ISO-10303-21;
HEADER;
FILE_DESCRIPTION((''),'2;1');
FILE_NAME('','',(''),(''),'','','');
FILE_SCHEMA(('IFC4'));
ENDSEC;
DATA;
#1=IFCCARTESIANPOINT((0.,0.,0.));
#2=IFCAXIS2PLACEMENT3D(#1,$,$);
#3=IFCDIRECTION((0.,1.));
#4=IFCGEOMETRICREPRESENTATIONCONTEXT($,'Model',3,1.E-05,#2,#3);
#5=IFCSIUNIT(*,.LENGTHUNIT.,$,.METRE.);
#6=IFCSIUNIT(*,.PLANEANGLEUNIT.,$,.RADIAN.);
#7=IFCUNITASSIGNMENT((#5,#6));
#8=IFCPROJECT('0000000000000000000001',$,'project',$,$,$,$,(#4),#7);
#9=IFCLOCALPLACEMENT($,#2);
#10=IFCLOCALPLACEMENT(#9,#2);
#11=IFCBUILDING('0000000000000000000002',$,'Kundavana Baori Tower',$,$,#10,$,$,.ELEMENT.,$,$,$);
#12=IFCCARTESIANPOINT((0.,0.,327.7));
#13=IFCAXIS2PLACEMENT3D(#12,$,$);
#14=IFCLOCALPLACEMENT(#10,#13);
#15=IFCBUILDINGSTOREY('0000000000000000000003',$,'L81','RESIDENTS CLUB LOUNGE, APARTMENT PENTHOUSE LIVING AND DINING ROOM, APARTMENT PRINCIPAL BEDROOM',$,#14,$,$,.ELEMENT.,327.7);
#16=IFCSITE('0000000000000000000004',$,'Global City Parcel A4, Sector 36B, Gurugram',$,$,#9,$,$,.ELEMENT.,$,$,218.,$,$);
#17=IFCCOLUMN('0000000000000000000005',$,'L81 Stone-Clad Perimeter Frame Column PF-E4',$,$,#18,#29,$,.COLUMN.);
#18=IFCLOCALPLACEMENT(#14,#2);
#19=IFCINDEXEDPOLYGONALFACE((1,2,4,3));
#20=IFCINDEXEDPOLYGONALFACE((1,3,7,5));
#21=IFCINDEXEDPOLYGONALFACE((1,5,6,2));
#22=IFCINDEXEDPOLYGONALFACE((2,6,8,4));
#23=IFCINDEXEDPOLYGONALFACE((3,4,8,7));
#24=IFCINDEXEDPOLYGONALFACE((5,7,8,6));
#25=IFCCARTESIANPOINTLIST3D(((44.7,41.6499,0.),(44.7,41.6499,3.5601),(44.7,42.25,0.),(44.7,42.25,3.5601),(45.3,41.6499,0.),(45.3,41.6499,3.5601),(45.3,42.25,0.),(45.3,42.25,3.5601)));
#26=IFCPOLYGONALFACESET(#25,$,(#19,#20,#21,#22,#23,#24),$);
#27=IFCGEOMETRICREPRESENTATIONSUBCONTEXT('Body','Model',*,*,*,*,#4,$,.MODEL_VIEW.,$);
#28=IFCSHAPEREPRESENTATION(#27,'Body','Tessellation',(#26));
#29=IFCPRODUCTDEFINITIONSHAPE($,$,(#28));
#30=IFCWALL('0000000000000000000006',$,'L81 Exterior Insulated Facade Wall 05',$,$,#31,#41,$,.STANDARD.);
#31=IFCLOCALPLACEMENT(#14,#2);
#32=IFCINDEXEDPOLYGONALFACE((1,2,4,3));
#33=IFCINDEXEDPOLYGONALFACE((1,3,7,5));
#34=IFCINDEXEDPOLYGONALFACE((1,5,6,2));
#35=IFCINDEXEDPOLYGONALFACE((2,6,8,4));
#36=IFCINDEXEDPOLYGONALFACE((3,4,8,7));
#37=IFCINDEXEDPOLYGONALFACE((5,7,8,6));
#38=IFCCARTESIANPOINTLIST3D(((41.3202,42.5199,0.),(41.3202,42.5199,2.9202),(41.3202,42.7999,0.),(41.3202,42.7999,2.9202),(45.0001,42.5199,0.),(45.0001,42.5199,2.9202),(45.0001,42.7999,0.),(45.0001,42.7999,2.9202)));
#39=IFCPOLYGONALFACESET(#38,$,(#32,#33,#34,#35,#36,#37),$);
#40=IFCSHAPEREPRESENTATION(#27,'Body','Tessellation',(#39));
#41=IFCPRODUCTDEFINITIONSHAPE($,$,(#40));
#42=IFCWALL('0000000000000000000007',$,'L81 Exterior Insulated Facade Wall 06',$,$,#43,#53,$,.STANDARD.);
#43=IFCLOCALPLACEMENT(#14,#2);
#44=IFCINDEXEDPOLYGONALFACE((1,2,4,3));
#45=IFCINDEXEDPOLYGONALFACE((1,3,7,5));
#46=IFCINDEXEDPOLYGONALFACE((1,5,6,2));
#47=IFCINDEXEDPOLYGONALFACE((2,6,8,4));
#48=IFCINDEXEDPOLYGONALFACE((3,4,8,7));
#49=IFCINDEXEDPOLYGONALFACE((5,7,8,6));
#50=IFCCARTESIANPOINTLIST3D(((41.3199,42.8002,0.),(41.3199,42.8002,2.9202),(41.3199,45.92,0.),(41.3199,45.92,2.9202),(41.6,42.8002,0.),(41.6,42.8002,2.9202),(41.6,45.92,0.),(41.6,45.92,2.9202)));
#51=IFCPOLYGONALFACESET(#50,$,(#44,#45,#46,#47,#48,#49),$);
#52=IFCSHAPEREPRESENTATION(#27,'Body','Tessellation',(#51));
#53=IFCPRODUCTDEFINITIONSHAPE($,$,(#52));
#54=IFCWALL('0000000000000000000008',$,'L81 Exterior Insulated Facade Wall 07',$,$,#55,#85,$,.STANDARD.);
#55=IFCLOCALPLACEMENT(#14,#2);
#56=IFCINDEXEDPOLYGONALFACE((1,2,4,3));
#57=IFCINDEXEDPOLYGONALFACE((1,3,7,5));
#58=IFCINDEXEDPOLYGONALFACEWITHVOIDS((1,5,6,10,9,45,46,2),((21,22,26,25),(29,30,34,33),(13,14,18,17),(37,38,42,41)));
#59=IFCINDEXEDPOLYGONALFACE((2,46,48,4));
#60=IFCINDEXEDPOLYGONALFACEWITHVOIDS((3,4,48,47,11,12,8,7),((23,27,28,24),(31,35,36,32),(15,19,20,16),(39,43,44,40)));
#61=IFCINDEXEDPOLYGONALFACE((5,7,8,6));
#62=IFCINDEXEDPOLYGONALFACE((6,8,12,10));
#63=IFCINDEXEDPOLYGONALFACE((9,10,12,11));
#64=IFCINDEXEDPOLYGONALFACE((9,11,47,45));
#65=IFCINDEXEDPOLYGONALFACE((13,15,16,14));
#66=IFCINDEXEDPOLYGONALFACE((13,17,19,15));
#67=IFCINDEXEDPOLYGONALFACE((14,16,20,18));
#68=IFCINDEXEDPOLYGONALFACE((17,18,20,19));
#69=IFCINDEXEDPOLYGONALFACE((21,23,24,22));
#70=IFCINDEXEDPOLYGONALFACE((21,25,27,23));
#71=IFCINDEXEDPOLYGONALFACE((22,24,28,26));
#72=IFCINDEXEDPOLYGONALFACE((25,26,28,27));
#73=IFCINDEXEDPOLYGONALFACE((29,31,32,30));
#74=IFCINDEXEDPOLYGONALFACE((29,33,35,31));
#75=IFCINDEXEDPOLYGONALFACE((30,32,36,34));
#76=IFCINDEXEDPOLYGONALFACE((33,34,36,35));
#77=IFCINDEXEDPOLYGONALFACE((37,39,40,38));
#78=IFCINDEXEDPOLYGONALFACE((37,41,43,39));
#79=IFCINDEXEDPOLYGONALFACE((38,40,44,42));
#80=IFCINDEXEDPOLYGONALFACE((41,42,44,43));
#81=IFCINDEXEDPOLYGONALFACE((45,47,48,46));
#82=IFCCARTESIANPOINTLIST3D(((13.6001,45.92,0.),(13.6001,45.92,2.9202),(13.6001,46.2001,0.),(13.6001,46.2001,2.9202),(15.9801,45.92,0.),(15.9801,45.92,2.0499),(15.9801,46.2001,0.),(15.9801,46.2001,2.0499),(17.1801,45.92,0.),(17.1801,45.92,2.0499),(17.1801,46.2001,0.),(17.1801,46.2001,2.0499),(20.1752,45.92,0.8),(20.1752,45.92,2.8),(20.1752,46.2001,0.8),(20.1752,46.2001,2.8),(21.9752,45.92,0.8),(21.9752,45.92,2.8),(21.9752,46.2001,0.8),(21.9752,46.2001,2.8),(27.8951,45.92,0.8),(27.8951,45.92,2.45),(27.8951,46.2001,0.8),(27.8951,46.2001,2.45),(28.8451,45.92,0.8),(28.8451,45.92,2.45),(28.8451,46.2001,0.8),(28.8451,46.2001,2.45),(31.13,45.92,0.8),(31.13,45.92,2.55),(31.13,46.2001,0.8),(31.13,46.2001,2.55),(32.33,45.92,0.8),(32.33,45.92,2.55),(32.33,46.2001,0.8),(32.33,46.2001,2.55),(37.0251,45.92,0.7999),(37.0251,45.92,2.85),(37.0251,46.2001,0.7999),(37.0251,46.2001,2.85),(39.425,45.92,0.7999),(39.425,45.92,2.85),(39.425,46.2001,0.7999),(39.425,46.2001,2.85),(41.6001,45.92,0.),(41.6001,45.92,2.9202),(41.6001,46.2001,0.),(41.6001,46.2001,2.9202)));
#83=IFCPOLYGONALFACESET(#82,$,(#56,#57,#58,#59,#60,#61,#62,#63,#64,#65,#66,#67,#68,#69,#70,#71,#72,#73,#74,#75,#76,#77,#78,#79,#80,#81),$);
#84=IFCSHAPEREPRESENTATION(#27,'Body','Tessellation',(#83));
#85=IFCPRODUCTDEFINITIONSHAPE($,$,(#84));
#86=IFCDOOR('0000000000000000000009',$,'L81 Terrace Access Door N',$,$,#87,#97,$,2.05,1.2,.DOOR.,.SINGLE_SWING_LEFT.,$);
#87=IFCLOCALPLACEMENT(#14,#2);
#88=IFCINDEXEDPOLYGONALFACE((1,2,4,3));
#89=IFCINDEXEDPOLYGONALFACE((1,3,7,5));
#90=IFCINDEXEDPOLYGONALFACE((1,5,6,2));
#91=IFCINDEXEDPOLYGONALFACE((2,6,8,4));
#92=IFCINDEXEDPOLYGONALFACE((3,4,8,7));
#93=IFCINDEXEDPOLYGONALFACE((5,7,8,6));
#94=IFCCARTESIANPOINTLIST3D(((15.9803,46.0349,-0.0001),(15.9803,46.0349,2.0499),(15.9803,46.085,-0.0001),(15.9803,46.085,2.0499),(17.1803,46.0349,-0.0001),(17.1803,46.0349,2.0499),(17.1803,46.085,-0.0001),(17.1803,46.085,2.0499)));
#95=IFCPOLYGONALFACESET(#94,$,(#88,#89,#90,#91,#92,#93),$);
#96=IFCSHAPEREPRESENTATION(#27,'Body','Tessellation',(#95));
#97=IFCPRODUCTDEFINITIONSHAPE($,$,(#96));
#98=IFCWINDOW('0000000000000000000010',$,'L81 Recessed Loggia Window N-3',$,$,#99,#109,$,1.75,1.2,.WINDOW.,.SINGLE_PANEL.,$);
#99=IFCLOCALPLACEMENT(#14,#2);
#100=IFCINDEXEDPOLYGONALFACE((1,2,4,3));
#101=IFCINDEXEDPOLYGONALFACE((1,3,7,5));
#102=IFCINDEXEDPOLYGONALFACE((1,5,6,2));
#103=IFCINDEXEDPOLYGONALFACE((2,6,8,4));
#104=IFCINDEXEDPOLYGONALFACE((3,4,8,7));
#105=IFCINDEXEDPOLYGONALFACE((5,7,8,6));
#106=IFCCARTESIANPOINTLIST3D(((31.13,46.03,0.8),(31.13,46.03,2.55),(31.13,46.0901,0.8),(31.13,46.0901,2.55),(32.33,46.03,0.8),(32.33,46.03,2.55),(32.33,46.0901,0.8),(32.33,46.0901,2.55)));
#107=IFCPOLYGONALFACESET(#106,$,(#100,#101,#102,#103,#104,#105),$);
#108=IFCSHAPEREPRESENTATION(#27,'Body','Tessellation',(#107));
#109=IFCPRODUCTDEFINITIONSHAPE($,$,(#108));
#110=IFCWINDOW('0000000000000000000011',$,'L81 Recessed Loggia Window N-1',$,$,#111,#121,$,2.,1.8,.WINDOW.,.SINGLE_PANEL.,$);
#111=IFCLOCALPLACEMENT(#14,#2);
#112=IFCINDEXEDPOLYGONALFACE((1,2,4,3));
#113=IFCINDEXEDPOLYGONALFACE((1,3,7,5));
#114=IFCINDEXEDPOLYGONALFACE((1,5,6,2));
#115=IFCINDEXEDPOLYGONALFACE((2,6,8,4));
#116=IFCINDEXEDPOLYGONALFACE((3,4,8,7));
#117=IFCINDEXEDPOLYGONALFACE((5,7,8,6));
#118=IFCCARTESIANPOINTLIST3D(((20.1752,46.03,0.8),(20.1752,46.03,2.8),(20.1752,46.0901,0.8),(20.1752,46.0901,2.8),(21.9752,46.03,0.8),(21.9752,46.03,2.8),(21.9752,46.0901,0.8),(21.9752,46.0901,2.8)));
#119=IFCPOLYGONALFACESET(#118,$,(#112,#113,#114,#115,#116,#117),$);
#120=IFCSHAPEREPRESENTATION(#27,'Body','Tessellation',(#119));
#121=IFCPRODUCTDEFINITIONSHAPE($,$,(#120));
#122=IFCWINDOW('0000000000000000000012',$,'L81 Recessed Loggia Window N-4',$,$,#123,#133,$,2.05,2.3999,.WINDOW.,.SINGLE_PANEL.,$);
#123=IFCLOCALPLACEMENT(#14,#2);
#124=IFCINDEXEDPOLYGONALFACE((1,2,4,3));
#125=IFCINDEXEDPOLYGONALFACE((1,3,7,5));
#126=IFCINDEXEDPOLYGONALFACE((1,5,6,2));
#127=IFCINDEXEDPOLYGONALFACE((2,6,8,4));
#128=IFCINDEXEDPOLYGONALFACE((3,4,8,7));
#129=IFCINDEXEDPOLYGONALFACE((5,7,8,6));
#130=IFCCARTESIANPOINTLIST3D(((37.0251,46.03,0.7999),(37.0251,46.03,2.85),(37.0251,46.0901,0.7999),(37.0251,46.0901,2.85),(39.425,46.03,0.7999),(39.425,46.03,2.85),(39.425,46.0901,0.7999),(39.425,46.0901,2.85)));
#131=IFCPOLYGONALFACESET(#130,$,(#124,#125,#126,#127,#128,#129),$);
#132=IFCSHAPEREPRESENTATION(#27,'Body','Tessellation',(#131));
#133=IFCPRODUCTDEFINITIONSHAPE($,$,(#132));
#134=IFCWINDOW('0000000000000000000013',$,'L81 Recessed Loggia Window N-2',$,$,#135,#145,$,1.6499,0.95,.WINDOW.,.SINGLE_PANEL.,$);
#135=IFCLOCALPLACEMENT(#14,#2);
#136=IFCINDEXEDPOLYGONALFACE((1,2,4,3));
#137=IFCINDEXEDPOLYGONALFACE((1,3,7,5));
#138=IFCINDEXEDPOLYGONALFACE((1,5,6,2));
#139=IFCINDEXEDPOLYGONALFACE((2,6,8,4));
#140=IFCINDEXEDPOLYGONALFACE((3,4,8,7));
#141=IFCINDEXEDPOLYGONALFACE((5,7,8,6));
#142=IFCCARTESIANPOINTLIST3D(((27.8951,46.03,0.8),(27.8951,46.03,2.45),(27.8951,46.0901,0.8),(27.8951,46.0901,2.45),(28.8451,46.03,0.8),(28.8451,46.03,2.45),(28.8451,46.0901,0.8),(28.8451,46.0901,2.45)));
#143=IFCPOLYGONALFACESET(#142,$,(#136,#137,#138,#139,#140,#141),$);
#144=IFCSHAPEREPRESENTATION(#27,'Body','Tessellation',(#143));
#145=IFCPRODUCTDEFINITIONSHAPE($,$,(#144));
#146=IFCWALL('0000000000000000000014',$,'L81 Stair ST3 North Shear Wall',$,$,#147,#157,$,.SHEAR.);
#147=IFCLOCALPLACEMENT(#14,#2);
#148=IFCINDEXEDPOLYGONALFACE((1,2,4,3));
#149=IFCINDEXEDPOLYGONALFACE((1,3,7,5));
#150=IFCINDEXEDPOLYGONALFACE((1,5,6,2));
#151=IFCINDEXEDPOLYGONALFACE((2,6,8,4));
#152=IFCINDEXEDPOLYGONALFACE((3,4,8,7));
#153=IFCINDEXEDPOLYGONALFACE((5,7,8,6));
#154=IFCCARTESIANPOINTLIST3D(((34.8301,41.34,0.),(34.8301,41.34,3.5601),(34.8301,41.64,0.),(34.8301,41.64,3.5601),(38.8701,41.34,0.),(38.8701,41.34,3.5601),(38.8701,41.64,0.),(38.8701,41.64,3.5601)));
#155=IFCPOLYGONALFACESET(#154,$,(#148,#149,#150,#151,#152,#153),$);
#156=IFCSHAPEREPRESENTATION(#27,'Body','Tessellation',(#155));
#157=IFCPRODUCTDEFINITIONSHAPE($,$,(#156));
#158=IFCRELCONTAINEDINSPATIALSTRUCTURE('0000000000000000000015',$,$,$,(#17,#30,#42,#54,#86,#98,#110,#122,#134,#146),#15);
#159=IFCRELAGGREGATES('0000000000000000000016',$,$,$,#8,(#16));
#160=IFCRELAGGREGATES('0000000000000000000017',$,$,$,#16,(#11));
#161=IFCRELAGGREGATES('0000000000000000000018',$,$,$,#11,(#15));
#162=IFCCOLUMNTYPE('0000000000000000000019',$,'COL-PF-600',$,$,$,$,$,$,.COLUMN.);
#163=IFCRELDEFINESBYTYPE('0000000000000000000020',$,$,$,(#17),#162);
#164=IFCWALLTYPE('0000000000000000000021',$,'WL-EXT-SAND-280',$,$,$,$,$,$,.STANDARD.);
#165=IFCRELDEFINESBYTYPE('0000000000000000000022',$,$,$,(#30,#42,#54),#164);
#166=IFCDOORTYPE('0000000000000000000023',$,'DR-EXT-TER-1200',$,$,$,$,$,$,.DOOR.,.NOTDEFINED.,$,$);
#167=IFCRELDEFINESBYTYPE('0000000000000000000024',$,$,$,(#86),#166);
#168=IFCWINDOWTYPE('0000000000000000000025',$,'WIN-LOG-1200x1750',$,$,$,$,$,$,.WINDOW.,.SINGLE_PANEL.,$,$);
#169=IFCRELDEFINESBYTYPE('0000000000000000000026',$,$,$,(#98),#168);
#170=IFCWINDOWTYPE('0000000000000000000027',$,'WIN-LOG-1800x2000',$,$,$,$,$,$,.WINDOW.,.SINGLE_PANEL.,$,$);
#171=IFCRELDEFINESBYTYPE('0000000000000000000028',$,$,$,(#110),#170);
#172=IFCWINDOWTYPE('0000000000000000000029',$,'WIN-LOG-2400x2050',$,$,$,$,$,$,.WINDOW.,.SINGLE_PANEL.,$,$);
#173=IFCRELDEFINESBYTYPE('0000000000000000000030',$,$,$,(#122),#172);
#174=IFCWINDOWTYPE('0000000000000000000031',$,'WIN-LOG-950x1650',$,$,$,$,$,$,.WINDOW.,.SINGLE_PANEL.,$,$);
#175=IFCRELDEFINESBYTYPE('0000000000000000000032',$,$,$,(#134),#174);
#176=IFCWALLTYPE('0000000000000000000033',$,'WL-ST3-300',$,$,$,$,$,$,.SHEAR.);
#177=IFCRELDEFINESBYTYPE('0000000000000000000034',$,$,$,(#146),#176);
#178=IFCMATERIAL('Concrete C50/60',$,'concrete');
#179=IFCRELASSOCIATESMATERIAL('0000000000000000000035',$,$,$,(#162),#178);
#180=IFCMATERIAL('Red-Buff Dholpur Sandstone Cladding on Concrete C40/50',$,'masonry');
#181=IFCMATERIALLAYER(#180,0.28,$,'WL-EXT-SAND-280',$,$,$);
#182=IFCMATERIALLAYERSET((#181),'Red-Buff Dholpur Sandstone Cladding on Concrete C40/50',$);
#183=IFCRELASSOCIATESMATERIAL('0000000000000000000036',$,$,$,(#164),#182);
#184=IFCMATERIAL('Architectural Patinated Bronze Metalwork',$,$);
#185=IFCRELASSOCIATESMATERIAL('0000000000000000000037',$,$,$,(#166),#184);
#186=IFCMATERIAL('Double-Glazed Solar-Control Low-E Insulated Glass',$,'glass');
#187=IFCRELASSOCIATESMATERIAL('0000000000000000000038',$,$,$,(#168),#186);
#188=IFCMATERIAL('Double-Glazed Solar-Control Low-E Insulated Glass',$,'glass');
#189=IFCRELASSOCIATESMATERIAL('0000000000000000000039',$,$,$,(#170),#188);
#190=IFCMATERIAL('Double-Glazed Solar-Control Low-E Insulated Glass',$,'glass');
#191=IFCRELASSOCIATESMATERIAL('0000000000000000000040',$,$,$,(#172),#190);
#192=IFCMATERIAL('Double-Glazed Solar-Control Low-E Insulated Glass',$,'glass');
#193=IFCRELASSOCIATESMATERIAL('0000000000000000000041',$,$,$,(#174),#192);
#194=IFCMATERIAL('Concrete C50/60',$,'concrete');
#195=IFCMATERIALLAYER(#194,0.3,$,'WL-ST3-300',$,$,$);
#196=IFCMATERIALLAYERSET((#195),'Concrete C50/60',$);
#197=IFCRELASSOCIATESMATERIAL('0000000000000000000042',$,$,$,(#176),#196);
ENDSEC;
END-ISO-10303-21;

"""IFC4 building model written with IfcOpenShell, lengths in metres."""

from ifc_helpers import new_model, si_unit, direction, frame, frame_2d, origin, origin_2d, place, context, subcontext, project, spatial, rectangle, extrude, material, layer, layer_set, material_profile, profile_set, type_object, element, fill, save


model = new_model("IFC4")

# Units and contexts
model_context = context("Model", 3, precision=1e-05, world=origin(), true_north=direction((0.0, 1.0)))
body_context = subcontext(model_context, "Body", "Model", "MODEL_VIEW")
ifc_project = project(units=[si_unit("LENGTHUNIT", "METRE"), si_unit("PLANEANGLEUNIT", "RADIAN")], contexts=[model_context])

# Site, building, storey
site_placement = place(None, origin())
site = spatial("IfcSite", under=ifc_project, at=site_placement, Name="Global City Parcel A4, Sector 36B, Gurugram", CompositionType="ELEMENT", RefElevation=218.0)
building_placement = place(site_placement, origin())
building = spatial("IfcBuilding", under=site, at=building_placement, Name="Kundavana Baori Tower", CompositionType="ELEMENT")
storey_placement = place(building_placement, frame((0.0, 0.0, 327.7)))
storey = spatial("IfcBuildingStorey", under=building, at=storey_placement, Name="L81", Description="RESIDENTS CLUB LOUNGE, APARTMENT PENTHOUSE LIVING AND DINING ROOM, APARTMENT PRINCIPAL BEDROOM", CompositionType="ELEMENT", Elevation=327.7)

# Column
ifc_material_1 = material(Name="Concrete C50/60", Category="concrete")
ifc_material_profile = material_profile(ifc_material_1, rectangle(XDim=0.6001, YDim=0.6001, at=origin_2d()), Name="RC PF 600x600")
ifc_profile_set = profile_set([ifc_material_profile], Name="Concrete C50/60")
column_type = type_object("IfcColumnType", Name="COL-PF-600", PredefinedType="COLUMN", material=ifc_profile_set)
column_placement = place(storey_placement, frame((45.0, 41.95, 0.0), z_axis=(0.0, 0.0, 1.0), x_axis=(1.0, 0.0, 0.0)))
element("IfcColumn", 1, at=column_placement, inside=storey, type_object=column_type, Name="L81 Stone-Clad Perimeter Frame Column PF-E4", PredefinedType="COLUMN", context=body_context, shape_type="SweptSolid", body=[
    extrude(rectangle(XDim=0.6001, YDim=0.6001, at=origin_2d()), origin(), (0.0, 0.0, 1.0), 3.5601),
])

# Walls
ifc_material_2 = material(Name="Red-Buff Dholpur Sandstone Cladding on Concrete C40/50", Category="masonry")
ifc_layer_1 = layer(ifc_material_2, 0.28, Name="WL-EXT-SAND-280")
ifc_layer_set_1 = layer_set([ifc_layer_1], Name="Red-Buff Dholpur Sandstone Cladding on Concrete C40/50")
wall_type_1 = type_object("IfcWallType", Name="WL-EXT-SAND-280", PredefinedType="STANDARD", material=ifc_layer_set_1)
wall_1_placement = place(storey_placement, frame((45.0, 42.6599, 0.0), z_axis=(0.0, 0.0, 1.0), x_axis=(-1.0, 0.0, 0.0)))
element("IfcWall", 2, at=wall_1_placement, inside=storey, type_object=wall_type_1, Name="L81 Exterior Insulated Facade Wall 05", PredefinedType="STANDARD", context=body_context, shape_type="SweptSolid", body=[
    extrude(rectangle(XDim=3.6799, YDim=0.28, at=frame_2d((1.8398, 0.0))), origin(), (0.0, 0.0, 1.0), 2.9202),
])
wall_2_placement = place(storey_placement, frame((41.46, 42.8, 0.0), z_axis=(0.0, 0.0, 1.0), x_axis=(0.0, 1.0, 0.0)))
element("IfcWall", 3, at=wall_2_placement, inside=storey, type_object=wall_type_1, Name="L81 Exterior Insulated Facade Wall 06", PredefinedType="STANDARD", context=body_context, shape_type="SweptSolid", body=[
    extrude(rectangle(XDim=3.1199, YDim=0.28, at=frame_2d((1.5601, 0.0))), origin(), (0.0, 0.0, 1.0), 2.9202),
])

# Wall, openings, door, windows
wall_3_placement = place(storey_placement, frame((41.6001, 46.0601, 0.0), z_axis=(0.0, 0.0, 1.0), x_axis=(-1.0, 0.0, 0.0)))
wall_3 = element("IfcWall", 4, at=wall_3_placement, inside=storey, type_object=wall_type_1, Name="L81 Exterior Insulated Facade Wall 07", PredefinedType="STANDARD", context=body_context, shape_type="SweptSolid", body=[
    extrude(rectangle(XDim=28.0, YDim=0.28, at=frame_2d((14.0, 0.0))), origin(), (0.0, 0.0, 1.0), 2.9202),
])
opening_1_placement = place(wall_3_placement, frame((24.4199, 0.0, 0.0)))
opening_1 = element("IfcOpeningElement", 5, at=opening_1_placement, cuts=wall_3, PredefinedType="OPENING", context=body_context, shape_type="SweptSolid", body=[
    extrude(rectangle(XDim=1.2, YDim=2.05, at=frame_2d((0.6001, 1.0249))), frame((0.0, 0.1499, 0.0), z_axis=(0.0, -1.0, 0.0), x_axis=(1.0, 0.0, 0.0)), (0.0, 0.0, 1.0), 0.3),
])
opening_2_placement = place(wall_3_placement, frame((19.625, 0.0, 0.8)))
opening_2 = element("IfcOpeningElement", 6, at=opening_2_placement, cuts=wall_3, PredefinedType="OPENING", context=body_context, shape_type="SweptSolid", body=[
    extrude(rectangle(XDim=1.8, YDim=2.0, at=frame_2d((0.8999, 1.0))), frame((0.0, 0.1499, 0.0), z_axis=(0.0, -1.0, 0.0), x_axis=(1.0, 0.0, 0.0)), (0.0, 0.0, 1.0), 0.3),
])
opening_3_placement = place(wall_3_placement, frame((12.7549, 0.0, 0.8)))
opening_3 = element("IfcOpeningElement", 7, at=opening_3_placement, cuts=wall_3, PredefinedType="OPENING", context=body_context, shape_type="SweptSolid", body=[
    extrude(rectangle(XDim=0.95, YDim=1.6499, at=frame_2d((0.4751, 0.825))), frame((0.0, 0.1499, 0.0), z_axis=(0.0, -1.0, 0.0), x_axis=(1.0, 0.0, 0.0)), (0.0, 0.0, 1.0), 0.3),
])
opening_4_placement = place(wall_3_placement, frame((9.27, 0.0, 0.8)))
opening_4 = element("IfcOpeningElement", 8, at=opening_4_placement, cuts=wall_3, PredefinedType="OPENING", context=body_context, shape_type="SweptSolid", body=[
    extrude(rectangle(XDim=1.2, YDim=1.75, at=frame_2d((0.6001, 0.875))), frame((0.0, 0.1499, 0.0), z_axis=(0.0, -1.0, 0.0), x_axis=(1.0, 0.0, 0.0)), (0.0, 0.0, 1.0), 0.3),
])
opening_5_placement = place(wall_3_placement, frame((2.175, 0.0, 0.8)))
opening_5 = element("IfcOpeningElement", 9, at=opening_5_placement, cuts=wall_3, PredefinedType="OPENING", context=body_context, shape_type="SweptSolid", body=[
    extrude(rectangle(XDim=2.3999, YDim=2.05, at=frame_2d((1.2, 1.0249))), frame((0.0, 0.1499, 0.0), z_axis=(0.0, -1.0, 0.0), x_axis=(1.0, 0.0, 0.0)), (0.0, 0.0, 1.0), 0.3),
])
ifc_material_3 = material(Name="Architectural Patinated Bronze Metalwork")
door_type = type_object("IfcDoorType", Name="DR-EXT-TER-1200", OperationType="NOTDEFINED", PredefinedType="DOOR", material=ifc_material_3)
door_placement = place(opening_1_placement, frame((1.2, 0.0, 0.0), z_axis=(0.0, 0.0, 1.0), x_axis=(-1.0, 0.0, 0.0)))
door = element("IfcDoor", 10, at=door_placement, inside=storey, type_object=door_type, Name="L81 Terrace Access Door N", OperationType="SINGLE_SWING_LEFT", OverallHeight=2.05, OverallWidth=1.2, PredefinedType="DOOR", context=body_context, shape_type="SweptSolid", body=[
    extrude(rectangle(XDim=1.2, YDim=2.05, at=frame_2d((0.6001, 1.0249))), frame((0.0, 0.0249, 0.0), z_axis=(0.0, -1.0, 0.0), x_axis=(1.0, 0.0, 0.0)), (0.0, 0.0, 1.0), 0.05),
])
fill(opening_1, door)
ifc_material_4 = material(Name="Double-Glazed Solar-Control Low-E Insulated Glass", Category="glass")
window_type_1 = type_object("IfcWindowType", Name="WIN-LOG-1200x1750", PartitioningType="SINGLE_PANEL", PredefinedType="WINDOW", material=ifc_material_4)
window_1_placement = place(opening_4_placement, origin())
window_1 = element("IfcWindow", 11, at=window_1_placement, inside=storey, type_object=window_type_1, Name="L81 Recessed Loggia Window N-3", OverallHeight=1.75, OverallWidth=1.2, PartitioningType="SINGLE_PANEL", PredefinedType="WINDOW", context=body_context, shape_type="SweptSolid", body=[
    extrude(rectangle(XDim=1.2, YDim=1.75, at=frame_2d((0.6001, 0.875))), frame((0.0, 0.03, 0.0), z_axis=(0.0, -1.0, 0.0), x_axis=(1.0, 0.0, 0.0)), (0.0, 0.0, 1.0), 0.0601),
])
fill(opening_4, window_1)
ifc_material_5 = material(Name="Double-Glazed Solar-Control Low-E Insulated Glass", Category="glass")
window_type_2 = type_object("IfcWindowType", Name="WIN-LOG-1800x2000", PartitioningType="SINGLE_PANEL", PredefinedType="WINDOW", material=ifc_material_5)
window_2_placement = place(opening_2_placement, origin())
window_2 = element("IfcWindow", 12, at=window_2_placement, inside=storey, type_object=window_type_2, Name="L81 Recessed Loggia Window N-1", OverallHeight=2.0, OverallWidth=1.8, PartitioningType="SINGLE_PANEL", PredefinedType="WINDOW", context=body_context, shape_type="SweptSolid", body=[
    extrude(rectangle(XDim=1.8, YDim=2.0, at=frame_2d((0.8999, 1.0))), frame((0.0, 0.03, 0.0), z_axis=(0.0, -1.0, 0.0), x_axis=(1.0, 0.0, 0.0)), (0.0, 0.0, 1.0), 0.0601),
])
fill(opening_2, window_2)
ifc_material_6 = material(Name="Double-Glazed Solar-Control Low-E Insulated Glass", Category="glass")
window_type_3 = type_object("IfcWindowType", Name="WIN-LOG-2400x2050", PartitioningType="SINGLE_PANEL", PredefinedType="WINDOW", material=ifc_material_6)
window_3_placement = place(opening_5_placement, origin())
window_3 = element("IfcWindow", 13, at=window_3_placement, inside=storey, type_object=window_type_3, Name="L81 Recessed Loggia Window N-4", OverallHeight=2.05, OverallWidth=2.3999, PartitioningType="SINGLE_PANEL", PredefinedType="WINDOW", context=body_context, shape_type="SweptSolid", body=[
    extrude(rectangle(XDim=2.3999, YDim=2.05, at=frame_2d((1.2, 1.0249))), frame((0.0, 0.03, 0.0), z_axis=(0.0, -1.0, 0.0), x_axis=(1.0, 0.0, 0.0)), (0.0, 0.0, 1.0), 0.0601),
])
fill(opening_5, window_3)
ifc_material_7 = material(Name="Double-Glazed Solar-Control Low-E Insulated Glass", Category="glass")
window_type_4 = type_object("IfcWindowType", Name="WIN-LOG-950x1650", PartitioningType="SINGLE_PANEL", PredefinedType="WINDOW", material=ifc_material_7)
window_4_placement = place(opening_3_placement, origin())
window_4 = element("IfcWindow", 14, at=window_4_placement, inside=storey, type_object=window_type_4, Name="L81 Recessed Loggia Window N-2", OverallHeight=1.6499, OverallWidth=0.95, PartitioningType="SINGLE_PANEL", PredefinedType="WINDOW", context=body_context, shape_type="SweptSolid", body=[
    extrude(rectangle(XDim=0.95, YDim=1.6499, at=frame_2d((0.4751, 0.825))), frame((0.0, 0.03, 0.0), z_axis=(0.0, -1.0, 0.0), x_axis=(1.0, 0.0, 0.0)), (0.0, 0.0, 1.0), 0.0601),
])
fill(opening_3, window_4)

# Wall
ifc_material_8 = material(Name="Concrete C50/60", Category="concrete")
ifc_layer_2 = layer(ifc_material_8, 0.3, Name="WL-ST3-300")
ifc_layer_set_2 = layer_set([ifc_layer_2], Name="Concrete C50/60")
wall_type_2 = type_object("IfcWallType", Name="WL-ST3-300", PredefinedType="SHEAR", material=ifc_layer_set_2)
wall_4_placement = place(storey_placement, frame((34.8301, 41.49, 0.0), z_axis=(0.0, 0.0, 1.0), x_axis=(1.0, 0.0, 0.0)))
element("IfcWall", 15, at=wall_4_placement, inside=storey, type_object=wall_type_2, Name="L81 Stair ST3 North Shear Wall", PredefinedType="SHEAR", context=body_context, shape_type="SweptSolid", body=[
    extrude(rectangle(XDim=4.04, YDim=0.3, at=frame_2d((2.02, 0.0))), origin(), (0.0, 0.0, 1.0), 3.5601),
])

save(model, "model.ifc")
